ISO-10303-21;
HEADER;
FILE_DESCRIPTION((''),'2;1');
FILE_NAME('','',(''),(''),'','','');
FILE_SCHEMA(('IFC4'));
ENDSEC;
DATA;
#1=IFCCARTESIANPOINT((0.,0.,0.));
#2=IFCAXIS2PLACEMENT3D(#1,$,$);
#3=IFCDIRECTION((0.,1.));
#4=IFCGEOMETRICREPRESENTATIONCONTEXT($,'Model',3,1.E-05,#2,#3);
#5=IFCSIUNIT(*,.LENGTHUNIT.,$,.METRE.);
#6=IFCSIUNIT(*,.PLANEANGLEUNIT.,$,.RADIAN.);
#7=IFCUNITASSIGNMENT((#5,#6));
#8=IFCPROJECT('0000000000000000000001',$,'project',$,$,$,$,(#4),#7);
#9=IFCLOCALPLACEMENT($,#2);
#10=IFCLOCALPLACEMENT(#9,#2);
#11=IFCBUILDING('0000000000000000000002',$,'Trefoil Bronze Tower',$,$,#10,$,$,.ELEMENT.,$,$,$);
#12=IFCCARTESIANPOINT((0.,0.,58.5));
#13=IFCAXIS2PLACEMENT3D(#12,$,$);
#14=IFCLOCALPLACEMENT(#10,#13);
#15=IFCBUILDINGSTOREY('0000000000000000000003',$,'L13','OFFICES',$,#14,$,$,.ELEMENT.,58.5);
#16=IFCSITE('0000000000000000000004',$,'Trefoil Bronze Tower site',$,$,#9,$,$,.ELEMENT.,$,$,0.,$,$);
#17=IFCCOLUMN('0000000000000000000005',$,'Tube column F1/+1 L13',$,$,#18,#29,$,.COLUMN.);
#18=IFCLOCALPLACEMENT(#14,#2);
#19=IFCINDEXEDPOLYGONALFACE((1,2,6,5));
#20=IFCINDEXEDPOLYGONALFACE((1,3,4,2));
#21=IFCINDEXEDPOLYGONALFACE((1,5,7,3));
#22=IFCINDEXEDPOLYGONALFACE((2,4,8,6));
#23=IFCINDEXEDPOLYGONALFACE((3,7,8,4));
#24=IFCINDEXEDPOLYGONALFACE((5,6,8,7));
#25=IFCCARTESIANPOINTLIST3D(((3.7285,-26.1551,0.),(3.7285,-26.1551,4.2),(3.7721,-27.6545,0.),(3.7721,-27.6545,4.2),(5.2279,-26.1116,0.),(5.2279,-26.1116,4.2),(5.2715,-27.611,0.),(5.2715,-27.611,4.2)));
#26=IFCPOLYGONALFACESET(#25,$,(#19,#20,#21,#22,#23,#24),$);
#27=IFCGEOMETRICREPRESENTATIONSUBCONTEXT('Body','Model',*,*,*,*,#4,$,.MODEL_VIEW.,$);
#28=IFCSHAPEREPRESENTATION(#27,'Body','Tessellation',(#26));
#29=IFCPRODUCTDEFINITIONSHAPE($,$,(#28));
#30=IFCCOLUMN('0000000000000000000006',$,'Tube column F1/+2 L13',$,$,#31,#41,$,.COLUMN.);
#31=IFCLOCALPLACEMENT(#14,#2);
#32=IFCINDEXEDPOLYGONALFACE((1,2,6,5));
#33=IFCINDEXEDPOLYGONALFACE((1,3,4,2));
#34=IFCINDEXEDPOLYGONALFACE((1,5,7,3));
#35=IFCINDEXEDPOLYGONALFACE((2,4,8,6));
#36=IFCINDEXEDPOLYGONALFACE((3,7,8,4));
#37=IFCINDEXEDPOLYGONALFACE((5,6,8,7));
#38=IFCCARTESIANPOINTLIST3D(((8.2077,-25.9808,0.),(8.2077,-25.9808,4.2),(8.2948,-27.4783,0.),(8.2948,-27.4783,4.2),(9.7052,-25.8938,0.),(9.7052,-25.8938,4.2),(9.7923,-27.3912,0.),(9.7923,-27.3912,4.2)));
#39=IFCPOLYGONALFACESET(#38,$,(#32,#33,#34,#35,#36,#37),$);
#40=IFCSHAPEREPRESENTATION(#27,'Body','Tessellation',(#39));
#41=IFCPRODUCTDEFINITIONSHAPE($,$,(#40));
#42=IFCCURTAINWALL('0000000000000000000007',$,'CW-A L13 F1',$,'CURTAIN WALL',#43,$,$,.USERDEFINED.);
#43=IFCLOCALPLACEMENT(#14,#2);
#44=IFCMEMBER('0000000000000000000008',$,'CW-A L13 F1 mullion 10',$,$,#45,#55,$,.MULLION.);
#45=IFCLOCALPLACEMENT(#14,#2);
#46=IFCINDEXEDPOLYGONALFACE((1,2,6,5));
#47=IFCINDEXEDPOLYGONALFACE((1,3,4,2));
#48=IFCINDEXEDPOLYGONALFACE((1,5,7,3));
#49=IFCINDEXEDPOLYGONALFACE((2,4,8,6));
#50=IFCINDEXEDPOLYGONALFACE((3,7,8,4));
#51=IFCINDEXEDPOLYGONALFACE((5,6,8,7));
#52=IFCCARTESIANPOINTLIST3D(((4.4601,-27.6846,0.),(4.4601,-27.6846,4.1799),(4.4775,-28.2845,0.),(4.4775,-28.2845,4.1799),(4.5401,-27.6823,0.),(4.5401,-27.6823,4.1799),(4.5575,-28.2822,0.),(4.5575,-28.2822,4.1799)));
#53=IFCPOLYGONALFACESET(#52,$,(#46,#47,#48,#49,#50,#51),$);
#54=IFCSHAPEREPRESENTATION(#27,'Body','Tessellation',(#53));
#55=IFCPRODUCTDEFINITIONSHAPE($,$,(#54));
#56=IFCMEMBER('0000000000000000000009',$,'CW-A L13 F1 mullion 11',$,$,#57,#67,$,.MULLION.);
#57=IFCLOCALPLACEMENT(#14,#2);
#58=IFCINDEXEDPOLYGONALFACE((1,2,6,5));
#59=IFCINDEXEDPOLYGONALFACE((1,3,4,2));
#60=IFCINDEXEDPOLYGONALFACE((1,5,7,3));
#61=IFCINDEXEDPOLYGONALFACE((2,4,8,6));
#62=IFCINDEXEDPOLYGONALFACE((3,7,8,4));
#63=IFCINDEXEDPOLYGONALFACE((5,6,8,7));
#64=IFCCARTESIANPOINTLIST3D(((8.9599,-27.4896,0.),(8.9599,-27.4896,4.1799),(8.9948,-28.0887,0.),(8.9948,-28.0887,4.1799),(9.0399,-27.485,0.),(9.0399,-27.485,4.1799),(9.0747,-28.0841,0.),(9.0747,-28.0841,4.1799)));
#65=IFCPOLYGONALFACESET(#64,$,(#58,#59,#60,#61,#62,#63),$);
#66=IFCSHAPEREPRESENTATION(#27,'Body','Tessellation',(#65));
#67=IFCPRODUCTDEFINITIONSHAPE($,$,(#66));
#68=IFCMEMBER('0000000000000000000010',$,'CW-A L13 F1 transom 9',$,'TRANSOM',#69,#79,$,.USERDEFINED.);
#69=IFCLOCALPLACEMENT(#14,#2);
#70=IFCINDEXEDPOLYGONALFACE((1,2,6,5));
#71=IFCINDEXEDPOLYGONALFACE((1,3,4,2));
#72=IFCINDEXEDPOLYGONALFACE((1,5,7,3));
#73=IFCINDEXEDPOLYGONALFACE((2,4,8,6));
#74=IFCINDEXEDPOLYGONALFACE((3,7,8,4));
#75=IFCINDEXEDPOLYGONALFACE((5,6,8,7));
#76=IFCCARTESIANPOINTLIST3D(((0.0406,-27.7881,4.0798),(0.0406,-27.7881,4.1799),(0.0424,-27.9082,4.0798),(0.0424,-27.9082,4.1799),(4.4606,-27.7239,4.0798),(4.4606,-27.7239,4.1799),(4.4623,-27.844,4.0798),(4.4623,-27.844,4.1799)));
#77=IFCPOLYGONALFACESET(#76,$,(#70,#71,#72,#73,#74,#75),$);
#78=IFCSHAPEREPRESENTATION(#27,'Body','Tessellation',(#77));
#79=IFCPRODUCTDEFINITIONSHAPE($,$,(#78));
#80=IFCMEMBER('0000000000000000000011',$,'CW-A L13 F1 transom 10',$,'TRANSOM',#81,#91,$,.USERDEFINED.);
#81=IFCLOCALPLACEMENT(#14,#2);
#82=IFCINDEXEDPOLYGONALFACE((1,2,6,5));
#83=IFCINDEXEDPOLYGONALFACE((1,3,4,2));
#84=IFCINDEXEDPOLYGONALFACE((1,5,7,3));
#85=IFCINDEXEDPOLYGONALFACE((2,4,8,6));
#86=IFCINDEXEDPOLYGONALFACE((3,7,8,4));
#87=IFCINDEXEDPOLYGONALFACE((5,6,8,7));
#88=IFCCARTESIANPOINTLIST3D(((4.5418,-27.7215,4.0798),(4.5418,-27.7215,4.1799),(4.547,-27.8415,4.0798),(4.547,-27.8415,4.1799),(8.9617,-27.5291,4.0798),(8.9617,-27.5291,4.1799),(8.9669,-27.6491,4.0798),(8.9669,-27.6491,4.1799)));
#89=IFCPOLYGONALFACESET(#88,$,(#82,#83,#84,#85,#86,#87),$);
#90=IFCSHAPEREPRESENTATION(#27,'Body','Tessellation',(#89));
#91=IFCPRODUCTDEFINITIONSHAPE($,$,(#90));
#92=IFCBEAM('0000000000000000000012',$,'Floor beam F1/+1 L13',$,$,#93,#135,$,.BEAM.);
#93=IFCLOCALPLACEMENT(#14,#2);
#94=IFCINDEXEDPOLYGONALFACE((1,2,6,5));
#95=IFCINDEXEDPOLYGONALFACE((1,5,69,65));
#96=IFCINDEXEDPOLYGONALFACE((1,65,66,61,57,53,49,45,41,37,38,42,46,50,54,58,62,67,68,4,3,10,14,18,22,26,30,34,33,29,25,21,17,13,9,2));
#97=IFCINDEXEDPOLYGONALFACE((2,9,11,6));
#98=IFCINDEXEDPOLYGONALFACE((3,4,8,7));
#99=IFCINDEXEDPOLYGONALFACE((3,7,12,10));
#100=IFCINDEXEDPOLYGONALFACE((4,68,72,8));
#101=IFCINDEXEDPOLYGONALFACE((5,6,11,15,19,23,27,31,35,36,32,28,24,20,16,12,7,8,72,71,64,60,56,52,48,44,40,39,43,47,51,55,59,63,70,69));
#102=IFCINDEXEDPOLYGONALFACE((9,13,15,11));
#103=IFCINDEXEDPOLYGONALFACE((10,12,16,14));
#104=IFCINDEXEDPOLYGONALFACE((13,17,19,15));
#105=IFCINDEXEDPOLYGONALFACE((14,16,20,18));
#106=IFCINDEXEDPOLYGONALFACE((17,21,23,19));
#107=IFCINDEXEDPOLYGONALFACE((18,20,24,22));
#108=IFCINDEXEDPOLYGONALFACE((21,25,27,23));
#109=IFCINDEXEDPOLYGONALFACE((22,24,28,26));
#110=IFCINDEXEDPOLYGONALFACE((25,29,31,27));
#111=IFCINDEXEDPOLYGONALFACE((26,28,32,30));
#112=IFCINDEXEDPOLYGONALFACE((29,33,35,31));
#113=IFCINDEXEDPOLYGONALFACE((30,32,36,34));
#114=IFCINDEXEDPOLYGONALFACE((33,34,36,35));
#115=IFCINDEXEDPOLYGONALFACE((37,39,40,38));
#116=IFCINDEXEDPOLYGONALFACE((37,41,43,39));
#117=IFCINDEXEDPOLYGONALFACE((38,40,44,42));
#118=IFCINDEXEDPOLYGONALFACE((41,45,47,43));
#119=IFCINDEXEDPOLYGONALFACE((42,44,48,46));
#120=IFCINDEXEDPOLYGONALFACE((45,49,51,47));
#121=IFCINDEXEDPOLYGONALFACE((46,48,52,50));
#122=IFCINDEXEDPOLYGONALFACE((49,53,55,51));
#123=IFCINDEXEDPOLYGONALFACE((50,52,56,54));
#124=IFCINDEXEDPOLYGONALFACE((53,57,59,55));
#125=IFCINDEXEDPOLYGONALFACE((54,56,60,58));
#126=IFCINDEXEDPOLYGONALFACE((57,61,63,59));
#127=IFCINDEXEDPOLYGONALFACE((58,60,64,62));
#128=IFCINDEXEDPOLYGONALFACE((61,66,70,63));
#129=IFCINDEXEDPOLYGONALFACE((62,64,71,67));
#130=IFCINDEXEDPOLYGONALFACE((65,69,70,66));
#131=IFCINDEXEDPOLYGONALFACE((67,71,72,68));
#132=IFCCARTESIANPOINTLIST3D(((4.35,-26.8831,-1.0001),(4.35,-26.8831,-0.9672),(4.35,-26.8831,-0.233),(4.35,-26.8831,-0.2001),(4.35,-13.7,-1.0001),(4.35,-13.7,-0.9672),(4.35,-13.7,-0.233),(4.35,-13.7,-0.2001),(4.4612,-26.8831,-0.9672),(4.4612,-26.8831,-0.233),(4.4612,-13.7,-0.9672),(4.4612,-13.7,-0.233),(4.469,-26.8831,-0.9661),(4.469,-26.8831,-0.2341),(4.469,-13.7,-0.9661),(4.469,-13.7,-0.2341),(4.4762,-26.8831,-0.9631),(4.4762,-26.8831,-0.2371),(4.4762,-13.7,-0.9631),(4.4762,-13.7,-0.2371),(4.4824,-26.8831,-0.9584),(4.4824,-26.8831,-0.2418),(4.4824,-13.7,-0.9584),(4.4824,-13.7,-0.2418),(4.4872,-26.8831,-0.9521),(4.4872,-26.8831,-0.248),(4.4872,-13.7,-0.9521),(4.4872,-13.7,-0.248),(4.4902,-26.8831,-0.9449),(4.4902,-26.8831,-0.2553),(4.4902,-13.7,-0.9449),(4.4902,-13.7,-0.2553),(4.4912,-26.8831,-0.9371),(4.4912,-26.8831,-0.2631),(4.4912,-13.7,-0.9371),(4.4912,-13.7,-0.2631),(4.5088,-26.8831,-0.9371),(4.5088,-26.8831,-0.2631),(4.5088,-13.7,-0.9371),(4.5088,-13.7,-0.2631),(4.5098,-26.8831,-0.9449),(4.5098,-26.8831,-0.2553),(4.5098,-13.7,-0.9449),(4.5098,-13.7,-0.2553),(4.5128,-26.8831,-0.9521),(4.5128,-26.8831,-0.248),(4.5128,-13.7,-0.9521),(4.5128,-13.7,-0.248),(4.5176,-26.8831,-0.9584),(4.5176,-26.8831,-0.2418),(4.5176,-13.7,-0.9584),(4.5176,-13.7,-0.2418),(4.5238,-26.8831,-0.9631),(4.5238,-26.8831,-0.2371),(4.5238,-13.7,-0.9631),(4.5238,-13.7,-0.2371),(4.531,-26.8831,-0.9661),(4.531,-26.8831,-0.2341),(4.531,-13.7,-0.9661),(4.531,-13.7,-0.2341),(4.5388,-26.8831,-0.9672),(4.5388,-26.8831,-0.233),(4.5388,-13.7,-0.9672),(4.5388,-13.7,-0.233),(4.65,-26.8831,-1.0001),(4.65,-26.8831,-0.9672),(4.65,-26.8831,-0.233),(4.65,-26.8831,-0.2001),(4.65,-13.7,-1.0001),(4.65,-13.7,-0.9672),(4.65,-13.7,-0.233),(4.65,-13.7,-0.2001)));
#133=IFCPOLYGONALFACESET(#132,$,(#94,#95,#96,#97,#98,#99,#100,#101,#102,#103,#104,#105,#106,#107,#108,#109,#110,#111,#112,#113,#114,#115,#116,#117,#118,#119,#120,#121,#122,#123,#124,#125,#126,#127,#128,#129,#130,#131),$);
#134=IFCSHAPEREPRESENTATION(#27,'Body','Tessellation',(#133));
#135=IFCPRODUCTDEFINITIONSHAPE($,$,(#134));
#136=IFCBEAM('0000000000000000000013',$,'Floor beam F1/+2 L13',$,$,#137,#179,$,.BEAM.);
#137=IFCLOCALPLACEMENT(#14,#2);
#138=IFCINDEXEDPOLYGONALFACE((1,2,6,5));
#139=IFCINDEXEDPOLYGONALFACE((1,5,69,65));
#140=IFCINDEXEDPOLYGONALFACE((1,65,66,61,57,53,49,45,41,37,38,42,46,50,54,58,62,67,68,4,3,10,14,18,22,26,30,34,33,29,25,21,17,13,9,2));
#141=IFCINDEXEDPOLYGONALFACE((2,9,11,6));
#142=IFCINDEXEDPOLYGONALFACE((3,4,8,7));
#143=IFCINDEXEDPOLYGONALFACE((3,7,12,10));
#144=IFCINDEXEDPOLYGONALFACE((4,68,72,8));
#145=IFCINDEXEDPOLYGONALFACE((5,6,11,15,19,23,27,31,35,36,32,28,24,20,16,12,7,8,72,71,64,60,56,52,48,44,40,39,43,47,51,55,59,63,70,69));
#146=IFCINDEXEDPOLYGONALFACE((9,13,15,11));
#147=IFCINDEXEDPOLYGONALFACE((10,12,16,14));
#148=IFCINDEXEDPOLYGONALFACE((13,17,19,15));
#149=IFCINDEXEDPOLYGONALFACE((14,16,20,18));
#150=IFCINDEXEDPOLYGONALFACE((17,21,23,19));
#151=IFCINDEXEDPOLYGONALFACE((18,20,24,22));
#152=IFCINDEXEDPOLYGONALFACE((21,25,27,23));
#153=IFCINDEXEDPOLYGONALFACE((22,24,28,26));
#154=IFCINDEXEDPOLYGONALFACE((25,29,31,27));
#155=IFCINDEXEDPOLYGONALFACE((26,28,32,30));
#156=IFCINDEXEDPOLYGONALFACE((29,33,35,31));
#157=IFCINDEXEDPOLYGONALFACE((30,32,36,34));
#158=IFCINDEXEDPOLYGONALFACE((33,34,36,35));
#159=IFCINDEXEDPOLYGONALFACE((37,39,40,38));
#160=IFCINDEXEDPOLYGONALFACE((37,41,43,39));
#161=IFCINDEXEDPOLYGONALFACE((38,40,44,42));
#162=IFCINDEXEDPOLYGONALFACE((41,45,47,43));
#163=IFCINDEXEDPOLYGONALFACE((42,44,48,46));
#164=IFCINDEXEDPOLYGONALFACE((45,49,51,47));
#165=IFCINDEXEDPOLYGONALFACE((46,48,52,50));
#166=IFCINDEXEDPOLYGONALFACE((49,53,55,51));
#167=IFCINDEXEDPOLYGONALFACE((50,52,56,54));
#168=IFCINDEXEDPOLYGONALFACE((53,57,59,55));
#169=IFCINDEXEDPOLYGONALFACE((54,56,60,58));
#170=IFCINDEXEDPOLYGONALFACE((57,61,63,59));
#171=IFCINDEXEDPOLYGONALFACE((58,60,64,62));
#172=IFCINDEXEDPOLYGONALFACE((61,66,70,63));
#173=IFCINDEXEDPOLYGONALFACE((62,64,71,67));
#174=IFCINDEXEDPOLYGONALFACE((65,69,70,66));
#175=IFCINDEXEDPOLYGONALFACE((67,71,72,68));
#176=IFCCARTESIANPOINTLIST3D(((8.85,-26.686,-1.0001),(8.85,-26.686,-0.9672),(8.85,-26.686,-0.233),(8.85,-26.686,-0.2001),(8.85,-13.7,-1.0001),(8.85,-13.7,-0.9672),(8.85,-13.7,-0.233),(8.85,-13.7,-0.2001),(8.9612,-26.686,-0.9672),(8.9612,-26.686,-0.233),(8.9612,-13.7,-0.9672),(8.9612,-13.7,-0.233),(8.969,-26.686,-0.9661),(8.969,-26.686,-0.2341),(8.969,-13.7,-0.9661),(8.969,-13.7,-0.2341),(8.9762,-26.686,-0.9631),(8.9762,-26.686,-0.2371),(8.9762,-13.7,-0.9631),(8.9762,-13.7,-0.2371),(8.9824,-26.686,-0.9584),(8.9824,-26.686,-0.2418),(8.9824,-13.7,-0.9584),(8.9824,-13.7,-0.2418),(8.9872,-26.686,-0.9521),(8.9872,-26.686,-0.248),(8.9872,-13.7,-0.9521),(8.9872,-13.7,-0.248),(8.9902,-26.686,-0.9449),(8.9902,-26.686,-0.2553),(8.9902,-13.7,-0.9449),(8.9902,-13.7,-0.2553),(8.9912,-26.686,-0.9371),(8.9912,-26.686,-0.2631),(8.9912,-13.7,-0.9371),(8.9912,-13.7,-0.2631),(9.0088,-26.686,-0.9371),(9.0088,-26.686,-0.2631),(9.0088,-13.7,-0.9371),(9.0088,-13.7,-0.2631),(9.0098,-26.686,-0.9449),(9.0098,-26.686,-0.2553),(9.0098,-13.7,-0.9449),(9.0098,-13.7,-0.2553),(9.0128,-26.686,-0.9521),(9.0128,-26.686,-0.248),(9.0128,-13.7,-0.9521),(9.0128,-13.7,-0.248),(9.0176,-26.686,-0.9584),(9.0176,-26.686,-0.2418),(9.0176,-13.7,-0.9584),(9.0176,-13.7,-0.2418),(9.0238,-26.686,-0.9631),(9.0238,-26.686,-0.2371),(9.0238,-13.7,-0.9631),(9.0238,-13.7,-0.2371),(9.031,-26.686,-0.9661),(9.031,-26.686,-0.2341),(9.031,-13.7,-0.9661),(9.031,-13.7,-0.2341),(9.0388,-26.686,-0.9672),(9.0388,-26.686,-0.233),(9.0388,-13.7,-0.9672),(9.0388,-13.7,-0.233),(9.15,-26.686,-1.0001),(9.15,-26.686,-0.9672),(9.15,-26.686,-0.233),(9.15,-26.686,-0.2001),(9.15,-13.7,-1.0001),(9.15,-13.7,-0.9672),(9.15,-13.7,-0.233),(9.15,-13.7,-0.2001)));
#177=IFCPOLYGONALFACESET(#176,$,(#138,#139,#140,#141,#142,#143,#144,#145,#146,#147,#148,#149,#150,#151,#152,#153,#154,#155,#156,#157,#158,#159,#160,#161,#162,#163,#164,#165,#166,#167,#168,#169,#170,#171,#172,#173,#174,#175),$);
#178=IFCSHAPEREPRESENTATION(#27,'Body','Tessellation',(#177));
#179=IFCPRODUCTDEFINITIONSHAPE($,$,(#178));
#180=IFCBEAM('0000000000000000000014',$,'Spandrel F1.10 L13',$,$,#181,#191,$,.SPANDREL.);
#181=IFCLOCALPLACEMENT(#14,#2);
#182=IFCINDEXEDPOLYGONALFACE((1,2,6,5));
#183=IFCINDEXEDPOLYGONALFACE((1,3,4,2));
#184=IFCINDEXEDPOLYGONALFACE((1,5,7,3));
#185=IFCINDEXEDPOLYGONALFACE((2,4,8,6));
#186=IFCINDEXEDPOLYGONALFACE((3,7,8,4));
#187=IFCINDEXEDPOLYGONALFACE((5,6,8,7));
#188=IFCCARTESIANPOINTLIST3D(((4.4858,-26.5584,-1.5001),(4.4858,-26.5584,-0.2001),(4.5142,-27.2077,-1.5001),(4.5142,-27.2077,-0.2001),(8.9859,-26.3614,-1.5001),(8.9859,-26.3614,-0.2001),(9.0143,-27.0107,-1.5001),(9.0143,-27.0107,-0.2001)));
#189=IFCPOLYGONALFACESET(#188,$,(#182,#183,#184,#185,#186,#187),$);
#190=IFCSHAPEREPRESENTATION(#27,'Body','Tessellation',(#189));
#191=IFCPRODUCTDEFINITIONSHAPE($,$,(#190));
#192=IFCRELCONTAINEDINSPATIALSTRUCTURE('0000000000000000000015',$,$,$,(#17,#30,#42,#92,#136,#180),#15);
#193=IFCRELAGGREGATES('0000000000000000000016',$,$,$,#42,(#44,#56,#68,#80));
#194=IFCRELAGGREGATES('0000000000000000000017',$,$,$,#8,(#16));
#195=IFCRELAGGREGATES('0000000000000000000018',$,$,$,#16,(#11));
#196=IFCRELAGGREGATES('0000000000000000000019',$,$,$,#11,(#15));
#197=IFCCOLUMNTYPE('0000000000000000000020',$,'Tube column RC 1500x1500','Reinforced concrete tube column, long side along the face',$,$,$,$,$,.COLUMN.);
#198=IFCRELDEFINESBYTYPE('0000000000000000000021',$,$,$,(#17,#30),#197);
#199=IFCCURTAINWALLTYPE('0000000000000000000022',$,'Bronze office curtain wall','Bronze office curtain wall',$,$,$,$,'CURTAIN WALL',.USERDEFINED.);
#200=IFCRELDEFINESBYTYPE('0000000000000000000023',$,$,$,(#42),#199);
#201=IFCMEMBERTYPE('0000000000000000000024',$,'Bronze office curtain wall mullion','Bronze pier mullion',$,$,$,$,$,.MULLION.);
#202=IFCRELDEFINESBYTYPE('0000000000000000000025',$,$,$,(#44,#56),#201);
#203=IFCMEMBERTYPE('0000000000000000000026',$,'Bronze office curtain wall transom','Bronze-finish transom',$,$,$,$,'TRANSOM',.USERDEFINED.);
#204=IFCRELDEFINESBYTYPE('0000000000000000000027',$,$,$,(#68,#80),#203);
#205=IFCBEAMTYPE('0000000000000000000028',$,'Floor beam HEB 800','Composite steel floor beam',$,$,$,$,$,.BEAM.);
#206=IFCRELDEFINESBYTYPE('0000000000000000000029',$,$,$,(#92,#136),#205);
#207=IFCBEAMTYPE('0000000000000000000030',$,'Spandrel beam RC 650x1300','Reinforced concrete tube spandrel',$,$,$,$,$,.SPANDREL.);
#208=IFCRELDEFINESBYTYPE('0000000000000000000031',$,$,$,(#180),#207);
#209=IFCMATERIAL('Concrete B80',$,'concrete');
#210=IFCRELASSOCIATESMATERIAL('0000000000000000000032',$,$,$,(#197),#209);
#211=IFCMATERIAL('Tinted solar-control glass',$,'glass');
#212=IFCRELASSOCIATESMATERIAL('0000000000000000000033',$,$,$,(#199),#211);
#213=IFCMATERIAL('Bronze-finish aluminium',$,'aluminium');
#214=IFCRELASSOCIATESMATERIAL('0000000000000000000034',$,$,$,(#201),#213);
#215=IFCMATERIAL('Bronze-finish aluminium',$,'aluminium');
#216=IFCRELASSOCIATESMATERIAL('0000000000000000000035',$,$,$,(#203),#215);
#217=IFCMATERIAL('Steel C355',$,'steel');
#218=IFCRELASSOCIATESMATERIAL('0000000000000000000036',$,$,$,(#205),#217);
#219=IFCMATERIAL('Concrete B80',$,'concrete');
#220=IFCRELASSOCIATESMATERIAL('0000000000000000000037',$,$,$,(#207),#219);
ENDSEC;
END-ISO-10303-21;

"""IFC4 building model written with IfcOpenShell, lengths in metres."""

from ifc_helpers import new_model, si_unit, direction, frame, origin, origin_2d, place, context, subcontext, project, spatial, rectangle, i_section, extrude, material, material_profile, profile_set, type_object, element, aggregate, save


model = new_model("IFC4")

# Units and contexts
model_context = context("Model", 3, precision=1e-05, world=origin(), true_north=direction((0.0, 1.0)))
body_context = subcontext(model_context, "Body", "Model", "MODEL_VIEW")
ifc_project = project(units=[si_unit("LENGTHUNIT", "METRE"), si_unit("PLANEANGLEUNIT", "RADIAN")], contexts=[model_context])

# Site, building, storey
site_placement = place(None, origin())
site = spatial("IfcSite", under=ifc_project, at=site_placement, Name="Trefoil Bronze Tower site", CompositionType="ELEMENT", RefElevation=0.0)
building_placement = place(site_placement, origin())
building = spatial("IfcBuilding", under=site, at=building_placement, Name="Trefoil Bronze Tower", CompositionType="ELEMENT")
storey_placement = place(building_placement, frame((0.0, 0.0, 58.5)))
storey = spatial("IfcBuildingStorey", under=building, at=storey_placement, Name="L13", Description="OFFICES", CompositionType="ELEMENT", Elevation=58.5)

# Columns
ifc_material_1 = material(Name="Concrete B80", Category="concrete")
ifc_material_profile_1 = material_profile(ifc_material_1, rectangle(XDim=1.5, YDim=1.5, at=origin_2d()), Name="RC 1500x1500")
ifc_profile_set_1 = profile_set([ifc_material_profile_1], Name="Concrete B80")
column_type = type_object("IfcColumnType", Name="Tube column RC 1500x1500", Description="Reinforced concrete tube column, long side along the face", PredefinedType="COLUMN", material=ifc_profile_set_1)
for number, where, z_axis, x_axis, name in (
    (1, (4.5, -26.8831, 0.0), (0.0, 0.0, 1.0), (0.999579, 0.029022, 0.0), "Tube column F1/+1 L13"),
    (2, (9.0, -26.686, 0.0), (0.0, 0.0, 1.0), (0.998314, 0.058043, 0.0), "Tube column F1/+2 L13"),
):
    element("IfcColumn", number, at=place(storey_placement, frame(where, z_axis=z_axis, x_axis=x_axis)), inside=storey, type_object=column_type, Name=name, PredefinedType="COLUMN", context=body_context, shape_type="SweptSolid", body=[
        extrude(rectangle(XDim=1.5, YDim=1.5, at=origin_2d()), origin(), (0.0, 0.0, 1.0), 4.2),
    ])

# Curtain wall, members
ifc_material_2 = material(Name="Tinted solar-control glass", Category="glass")
curtain_wall_type = type_object("IfcCurtainWallType", Name="Bronze office curtain wall", Description="Bronze office curtain wall", ElementType="CURTAIN WALL", PredefinedType="USERDEFINED", material=ifc_material_2)
curtain_wall_placement = place(storey_placement, origin())
curtain_wall = element("IfcCurtainWall", 3, at=curtain_wall_placement, inside=storey, type_object=curtain_wall_type, Name="CW-A L13 F1", ObjectType="CURTAIN WALL", PredefinedType="USERDEFINED")
ifc_material_3 = material(Name="Bronze-finish aluminium", Category="aluminium")
ifc_material_profile_2 = material_profile(ifc_material_3, rectangle(XDim=0.6001, YDim=0.0801, at=origin_2d()), Name="CW-A mullion")
ifc_profile_set_2 = profile_set([ifc_material_profile_2], Name="Bronze-finish aluminium")
member_type_1 = type_object("IfcMemberType", Name="Bronze office curtain wall mullion", Description="Bronze pier mullion", PredefinedType="MULLION", material=ifc_profile_set_2)
member_1_placement = place(storey_placement, frame((4.5088, -27.9834, 0.0), z_axis=(0.0, 0.0, 1.0), x_axis=(-0.029022, 0.999579, 0.0)))
member_1 = element("IfcMember", 4, at=member_1_placement, type_object=member_type_1, Name="CW-A L13 F1 mullion 10", PredefinedType="MULLION", context=body_context, shape_type="SweptSolid", body=[
    extrude(rectangle(XDim=0.6001, YDim=0.0801, at=origin_2d()), origin(), (0.0, 0.0, 1.0), 4.1799),
])
member_2_placement = place(storey_placement, frame((9.0173, -27.7869, 0.0), z_axis=(0.0, 0.0, 1.0), x_axis=(-0.058043, 0.998314, 0.0)))
member_2 = element("IfcMember", 5, at=member_2_placement, type_object=member_type_1, Name="CW-A L13 F1 mullion 11", PredefinedType="MULLION", context=body_context, shape_type="SweptSolid", body=[
    extrude(rectangle(XDim=0.6001, YDim=0.0801, at=origin_2d()), origin(), (0.0, 0.0, 1.0), 4.1799),
])
ifc_material_4 = material(Name="Bronze-finish aluminium", Category="aluminium")
ifc_material_profile_3 = material_profile(ifc_material_4, rectangle(XDim=0.1201, YDim=0.1001, at=origin_2d()), Name="CW-A transom")
ifc_profile_set_3 = profile_set([ifc_material_profile_3], Name="Bronze-finish aluminium")
member_type_2 = type_object("IfcMemberType", Name="Bronze office curtain wall transom", Description="Bronze-finish transom", ElementType="TRANSOM", PredefinedType="USERDEFINED", material=ifc_profile_set_3)
member_3_placement = place(storey_placement, frame((0.0415, -27.8481, 4.1299), z_axis=(0.999894, 0.014526, 0.0), x_axis=(-0.014526, 0.999894, 0.0)))
member_3 = element("IfcMember", 6, at=member_3_placement, type_object=member_type_2, Name="CW-A L13 F1 transom 9", ObjectType="TRANSOM", PredefinedType="USERDEFINED", context=body_context, shape_type="SweptSolid", body=[
    extrude(rectangle(XDim=0.1201, YDim=0.1001, at=origin_2d()), origin(), (0.0, 0.0, 1.0), 4.4204),
])
member_4_placement = place(storey_placement, frame((4.5444, -27.7815, 4.1299), z_axis=(0.999054, 0.043485, 0.0), x_axis=(-0.043485, 0.999054, 0.0)))
member_4 = element("IfcMember", 7, at=member_4_placement, type_object=member_type_2, Name="CW-A L13 F1 transom 10", ObjectType="TRANSOM", PredefinedType="USERDEFINED", context=body_context, shape_type="SweptSolid", body=[
    extrude(rectangle(XDim=0.1201, YDim=0.1001, at=origin_2d()), origin(), (0.0, 0.0, 1.0), 4.4241),
])

# Beams
ifc_material_5 = material(Name="Steel C355", Category="steel")
ifc_material_profile_4 = material_profile(ifc_material_5, i_section(OverallWidth=0.3, OverallDepth=0.8, WebThickness=0.0176, FlangeThickness=0.033, FilletRadius=0.03, at=origin_2d()), Name="HEB 800")
ifc_profile_set_4 = profile_set([ifc_material_profile_4], Name="Steel C355")
beam_type_1 = type_object("IfcBeamType", Name="Floor beam HEB 800", Description="Composite steel floor beam", PredefinedType="BEAM", material=ifc_profile_set_4)
beam_1_placement = place(storey_placement, frame((4.5, -26.8831, -0.6001), z_axis=(0.0, 1.0, 0.0), x_axis=(-1.0, 0.0, 0.0)))
element("IfcBeam", 8, at=beam_1_placement, inside=storey, type_object=beam_type_1, Name="Floor beam F1/+1 L13", PredefinedType="BEAM", context=body_context, shape_type="SweptSolid", body=[
    extrude(i_section(OverallWidth=0.3, OverallDepth=0.8, WebThickness=0.0176, FlangeThickness=0.033, FilletRadius=0.03, at=origin_2d()), origin(), (0.0, 0.0, 1.0), 13.1831),
])
beam_2_placement = place(storey_placement, frame((9.0, -26.686, -0.6001), z_axis=(0.0, 1.0, 0.0), x_axis=(-1.0, 0.0, 0.0)))
element("IfcBeam", 9, at=beam_2_placement, inside=storey, type_object=beam_type_1, Name="Floor beam F1/+2 L13", PredefinedType="BEAM", context=body_context, shape_type="SweptSolid", body=[
    extrude(i_section(OverallWidth=0.3, OverallDepth=0.8, WebThickness=0.0176, FlangeThickness=0.033, FilletRadius=0.03, at=origin_2d()), origin(), (0.0, 0.0, 1.0), 12.9861),
])
ifc_material_6 = material(Name="Concrete B80", Category="concrete")
ifc_material_profile_5 = material_profile(ifc_material_6, rectangle(XDim=0.6499, YDim=1.3, at=origin_2d()), Name="RC 650x1300")
ifc_profile_set_5 = profile_set([ifc_material_profile_5], Name="Concrete B80")
beam_type_2 = type_object("IfcBeamType", Name="Spandrel beam RC 650x1300", Description="Reinforced concrete tube spandrel", PredefinedType="SPANDREL", material=ifc_profile_set_5)
beam_3_placement = place(storey_placement, frame((4.5, -26.8831, -0.8501), z_axis=(0.999043, 0.043741, 0.0), x_axis=(-0.043741, 0.999043, 0.0)))
element("IfcBeam", 10, at=beam_3_placement, inside=storey, type_object=beam_type_2, Name="Spandrel F1.10 L13", PredefinedType="SPANDREL", context=body_context, shape_type="SweptSolid", body=[
    extrude(rectangle(XDim=0.6499, YDim=1.3, at=origin_2d()), origin(), (0.0, 0.0, 1.0), 4.5044),
])

aggregate(curtain_wall, [member_1, member_2, member_3, member_4])

save(model, "model.ifc")
